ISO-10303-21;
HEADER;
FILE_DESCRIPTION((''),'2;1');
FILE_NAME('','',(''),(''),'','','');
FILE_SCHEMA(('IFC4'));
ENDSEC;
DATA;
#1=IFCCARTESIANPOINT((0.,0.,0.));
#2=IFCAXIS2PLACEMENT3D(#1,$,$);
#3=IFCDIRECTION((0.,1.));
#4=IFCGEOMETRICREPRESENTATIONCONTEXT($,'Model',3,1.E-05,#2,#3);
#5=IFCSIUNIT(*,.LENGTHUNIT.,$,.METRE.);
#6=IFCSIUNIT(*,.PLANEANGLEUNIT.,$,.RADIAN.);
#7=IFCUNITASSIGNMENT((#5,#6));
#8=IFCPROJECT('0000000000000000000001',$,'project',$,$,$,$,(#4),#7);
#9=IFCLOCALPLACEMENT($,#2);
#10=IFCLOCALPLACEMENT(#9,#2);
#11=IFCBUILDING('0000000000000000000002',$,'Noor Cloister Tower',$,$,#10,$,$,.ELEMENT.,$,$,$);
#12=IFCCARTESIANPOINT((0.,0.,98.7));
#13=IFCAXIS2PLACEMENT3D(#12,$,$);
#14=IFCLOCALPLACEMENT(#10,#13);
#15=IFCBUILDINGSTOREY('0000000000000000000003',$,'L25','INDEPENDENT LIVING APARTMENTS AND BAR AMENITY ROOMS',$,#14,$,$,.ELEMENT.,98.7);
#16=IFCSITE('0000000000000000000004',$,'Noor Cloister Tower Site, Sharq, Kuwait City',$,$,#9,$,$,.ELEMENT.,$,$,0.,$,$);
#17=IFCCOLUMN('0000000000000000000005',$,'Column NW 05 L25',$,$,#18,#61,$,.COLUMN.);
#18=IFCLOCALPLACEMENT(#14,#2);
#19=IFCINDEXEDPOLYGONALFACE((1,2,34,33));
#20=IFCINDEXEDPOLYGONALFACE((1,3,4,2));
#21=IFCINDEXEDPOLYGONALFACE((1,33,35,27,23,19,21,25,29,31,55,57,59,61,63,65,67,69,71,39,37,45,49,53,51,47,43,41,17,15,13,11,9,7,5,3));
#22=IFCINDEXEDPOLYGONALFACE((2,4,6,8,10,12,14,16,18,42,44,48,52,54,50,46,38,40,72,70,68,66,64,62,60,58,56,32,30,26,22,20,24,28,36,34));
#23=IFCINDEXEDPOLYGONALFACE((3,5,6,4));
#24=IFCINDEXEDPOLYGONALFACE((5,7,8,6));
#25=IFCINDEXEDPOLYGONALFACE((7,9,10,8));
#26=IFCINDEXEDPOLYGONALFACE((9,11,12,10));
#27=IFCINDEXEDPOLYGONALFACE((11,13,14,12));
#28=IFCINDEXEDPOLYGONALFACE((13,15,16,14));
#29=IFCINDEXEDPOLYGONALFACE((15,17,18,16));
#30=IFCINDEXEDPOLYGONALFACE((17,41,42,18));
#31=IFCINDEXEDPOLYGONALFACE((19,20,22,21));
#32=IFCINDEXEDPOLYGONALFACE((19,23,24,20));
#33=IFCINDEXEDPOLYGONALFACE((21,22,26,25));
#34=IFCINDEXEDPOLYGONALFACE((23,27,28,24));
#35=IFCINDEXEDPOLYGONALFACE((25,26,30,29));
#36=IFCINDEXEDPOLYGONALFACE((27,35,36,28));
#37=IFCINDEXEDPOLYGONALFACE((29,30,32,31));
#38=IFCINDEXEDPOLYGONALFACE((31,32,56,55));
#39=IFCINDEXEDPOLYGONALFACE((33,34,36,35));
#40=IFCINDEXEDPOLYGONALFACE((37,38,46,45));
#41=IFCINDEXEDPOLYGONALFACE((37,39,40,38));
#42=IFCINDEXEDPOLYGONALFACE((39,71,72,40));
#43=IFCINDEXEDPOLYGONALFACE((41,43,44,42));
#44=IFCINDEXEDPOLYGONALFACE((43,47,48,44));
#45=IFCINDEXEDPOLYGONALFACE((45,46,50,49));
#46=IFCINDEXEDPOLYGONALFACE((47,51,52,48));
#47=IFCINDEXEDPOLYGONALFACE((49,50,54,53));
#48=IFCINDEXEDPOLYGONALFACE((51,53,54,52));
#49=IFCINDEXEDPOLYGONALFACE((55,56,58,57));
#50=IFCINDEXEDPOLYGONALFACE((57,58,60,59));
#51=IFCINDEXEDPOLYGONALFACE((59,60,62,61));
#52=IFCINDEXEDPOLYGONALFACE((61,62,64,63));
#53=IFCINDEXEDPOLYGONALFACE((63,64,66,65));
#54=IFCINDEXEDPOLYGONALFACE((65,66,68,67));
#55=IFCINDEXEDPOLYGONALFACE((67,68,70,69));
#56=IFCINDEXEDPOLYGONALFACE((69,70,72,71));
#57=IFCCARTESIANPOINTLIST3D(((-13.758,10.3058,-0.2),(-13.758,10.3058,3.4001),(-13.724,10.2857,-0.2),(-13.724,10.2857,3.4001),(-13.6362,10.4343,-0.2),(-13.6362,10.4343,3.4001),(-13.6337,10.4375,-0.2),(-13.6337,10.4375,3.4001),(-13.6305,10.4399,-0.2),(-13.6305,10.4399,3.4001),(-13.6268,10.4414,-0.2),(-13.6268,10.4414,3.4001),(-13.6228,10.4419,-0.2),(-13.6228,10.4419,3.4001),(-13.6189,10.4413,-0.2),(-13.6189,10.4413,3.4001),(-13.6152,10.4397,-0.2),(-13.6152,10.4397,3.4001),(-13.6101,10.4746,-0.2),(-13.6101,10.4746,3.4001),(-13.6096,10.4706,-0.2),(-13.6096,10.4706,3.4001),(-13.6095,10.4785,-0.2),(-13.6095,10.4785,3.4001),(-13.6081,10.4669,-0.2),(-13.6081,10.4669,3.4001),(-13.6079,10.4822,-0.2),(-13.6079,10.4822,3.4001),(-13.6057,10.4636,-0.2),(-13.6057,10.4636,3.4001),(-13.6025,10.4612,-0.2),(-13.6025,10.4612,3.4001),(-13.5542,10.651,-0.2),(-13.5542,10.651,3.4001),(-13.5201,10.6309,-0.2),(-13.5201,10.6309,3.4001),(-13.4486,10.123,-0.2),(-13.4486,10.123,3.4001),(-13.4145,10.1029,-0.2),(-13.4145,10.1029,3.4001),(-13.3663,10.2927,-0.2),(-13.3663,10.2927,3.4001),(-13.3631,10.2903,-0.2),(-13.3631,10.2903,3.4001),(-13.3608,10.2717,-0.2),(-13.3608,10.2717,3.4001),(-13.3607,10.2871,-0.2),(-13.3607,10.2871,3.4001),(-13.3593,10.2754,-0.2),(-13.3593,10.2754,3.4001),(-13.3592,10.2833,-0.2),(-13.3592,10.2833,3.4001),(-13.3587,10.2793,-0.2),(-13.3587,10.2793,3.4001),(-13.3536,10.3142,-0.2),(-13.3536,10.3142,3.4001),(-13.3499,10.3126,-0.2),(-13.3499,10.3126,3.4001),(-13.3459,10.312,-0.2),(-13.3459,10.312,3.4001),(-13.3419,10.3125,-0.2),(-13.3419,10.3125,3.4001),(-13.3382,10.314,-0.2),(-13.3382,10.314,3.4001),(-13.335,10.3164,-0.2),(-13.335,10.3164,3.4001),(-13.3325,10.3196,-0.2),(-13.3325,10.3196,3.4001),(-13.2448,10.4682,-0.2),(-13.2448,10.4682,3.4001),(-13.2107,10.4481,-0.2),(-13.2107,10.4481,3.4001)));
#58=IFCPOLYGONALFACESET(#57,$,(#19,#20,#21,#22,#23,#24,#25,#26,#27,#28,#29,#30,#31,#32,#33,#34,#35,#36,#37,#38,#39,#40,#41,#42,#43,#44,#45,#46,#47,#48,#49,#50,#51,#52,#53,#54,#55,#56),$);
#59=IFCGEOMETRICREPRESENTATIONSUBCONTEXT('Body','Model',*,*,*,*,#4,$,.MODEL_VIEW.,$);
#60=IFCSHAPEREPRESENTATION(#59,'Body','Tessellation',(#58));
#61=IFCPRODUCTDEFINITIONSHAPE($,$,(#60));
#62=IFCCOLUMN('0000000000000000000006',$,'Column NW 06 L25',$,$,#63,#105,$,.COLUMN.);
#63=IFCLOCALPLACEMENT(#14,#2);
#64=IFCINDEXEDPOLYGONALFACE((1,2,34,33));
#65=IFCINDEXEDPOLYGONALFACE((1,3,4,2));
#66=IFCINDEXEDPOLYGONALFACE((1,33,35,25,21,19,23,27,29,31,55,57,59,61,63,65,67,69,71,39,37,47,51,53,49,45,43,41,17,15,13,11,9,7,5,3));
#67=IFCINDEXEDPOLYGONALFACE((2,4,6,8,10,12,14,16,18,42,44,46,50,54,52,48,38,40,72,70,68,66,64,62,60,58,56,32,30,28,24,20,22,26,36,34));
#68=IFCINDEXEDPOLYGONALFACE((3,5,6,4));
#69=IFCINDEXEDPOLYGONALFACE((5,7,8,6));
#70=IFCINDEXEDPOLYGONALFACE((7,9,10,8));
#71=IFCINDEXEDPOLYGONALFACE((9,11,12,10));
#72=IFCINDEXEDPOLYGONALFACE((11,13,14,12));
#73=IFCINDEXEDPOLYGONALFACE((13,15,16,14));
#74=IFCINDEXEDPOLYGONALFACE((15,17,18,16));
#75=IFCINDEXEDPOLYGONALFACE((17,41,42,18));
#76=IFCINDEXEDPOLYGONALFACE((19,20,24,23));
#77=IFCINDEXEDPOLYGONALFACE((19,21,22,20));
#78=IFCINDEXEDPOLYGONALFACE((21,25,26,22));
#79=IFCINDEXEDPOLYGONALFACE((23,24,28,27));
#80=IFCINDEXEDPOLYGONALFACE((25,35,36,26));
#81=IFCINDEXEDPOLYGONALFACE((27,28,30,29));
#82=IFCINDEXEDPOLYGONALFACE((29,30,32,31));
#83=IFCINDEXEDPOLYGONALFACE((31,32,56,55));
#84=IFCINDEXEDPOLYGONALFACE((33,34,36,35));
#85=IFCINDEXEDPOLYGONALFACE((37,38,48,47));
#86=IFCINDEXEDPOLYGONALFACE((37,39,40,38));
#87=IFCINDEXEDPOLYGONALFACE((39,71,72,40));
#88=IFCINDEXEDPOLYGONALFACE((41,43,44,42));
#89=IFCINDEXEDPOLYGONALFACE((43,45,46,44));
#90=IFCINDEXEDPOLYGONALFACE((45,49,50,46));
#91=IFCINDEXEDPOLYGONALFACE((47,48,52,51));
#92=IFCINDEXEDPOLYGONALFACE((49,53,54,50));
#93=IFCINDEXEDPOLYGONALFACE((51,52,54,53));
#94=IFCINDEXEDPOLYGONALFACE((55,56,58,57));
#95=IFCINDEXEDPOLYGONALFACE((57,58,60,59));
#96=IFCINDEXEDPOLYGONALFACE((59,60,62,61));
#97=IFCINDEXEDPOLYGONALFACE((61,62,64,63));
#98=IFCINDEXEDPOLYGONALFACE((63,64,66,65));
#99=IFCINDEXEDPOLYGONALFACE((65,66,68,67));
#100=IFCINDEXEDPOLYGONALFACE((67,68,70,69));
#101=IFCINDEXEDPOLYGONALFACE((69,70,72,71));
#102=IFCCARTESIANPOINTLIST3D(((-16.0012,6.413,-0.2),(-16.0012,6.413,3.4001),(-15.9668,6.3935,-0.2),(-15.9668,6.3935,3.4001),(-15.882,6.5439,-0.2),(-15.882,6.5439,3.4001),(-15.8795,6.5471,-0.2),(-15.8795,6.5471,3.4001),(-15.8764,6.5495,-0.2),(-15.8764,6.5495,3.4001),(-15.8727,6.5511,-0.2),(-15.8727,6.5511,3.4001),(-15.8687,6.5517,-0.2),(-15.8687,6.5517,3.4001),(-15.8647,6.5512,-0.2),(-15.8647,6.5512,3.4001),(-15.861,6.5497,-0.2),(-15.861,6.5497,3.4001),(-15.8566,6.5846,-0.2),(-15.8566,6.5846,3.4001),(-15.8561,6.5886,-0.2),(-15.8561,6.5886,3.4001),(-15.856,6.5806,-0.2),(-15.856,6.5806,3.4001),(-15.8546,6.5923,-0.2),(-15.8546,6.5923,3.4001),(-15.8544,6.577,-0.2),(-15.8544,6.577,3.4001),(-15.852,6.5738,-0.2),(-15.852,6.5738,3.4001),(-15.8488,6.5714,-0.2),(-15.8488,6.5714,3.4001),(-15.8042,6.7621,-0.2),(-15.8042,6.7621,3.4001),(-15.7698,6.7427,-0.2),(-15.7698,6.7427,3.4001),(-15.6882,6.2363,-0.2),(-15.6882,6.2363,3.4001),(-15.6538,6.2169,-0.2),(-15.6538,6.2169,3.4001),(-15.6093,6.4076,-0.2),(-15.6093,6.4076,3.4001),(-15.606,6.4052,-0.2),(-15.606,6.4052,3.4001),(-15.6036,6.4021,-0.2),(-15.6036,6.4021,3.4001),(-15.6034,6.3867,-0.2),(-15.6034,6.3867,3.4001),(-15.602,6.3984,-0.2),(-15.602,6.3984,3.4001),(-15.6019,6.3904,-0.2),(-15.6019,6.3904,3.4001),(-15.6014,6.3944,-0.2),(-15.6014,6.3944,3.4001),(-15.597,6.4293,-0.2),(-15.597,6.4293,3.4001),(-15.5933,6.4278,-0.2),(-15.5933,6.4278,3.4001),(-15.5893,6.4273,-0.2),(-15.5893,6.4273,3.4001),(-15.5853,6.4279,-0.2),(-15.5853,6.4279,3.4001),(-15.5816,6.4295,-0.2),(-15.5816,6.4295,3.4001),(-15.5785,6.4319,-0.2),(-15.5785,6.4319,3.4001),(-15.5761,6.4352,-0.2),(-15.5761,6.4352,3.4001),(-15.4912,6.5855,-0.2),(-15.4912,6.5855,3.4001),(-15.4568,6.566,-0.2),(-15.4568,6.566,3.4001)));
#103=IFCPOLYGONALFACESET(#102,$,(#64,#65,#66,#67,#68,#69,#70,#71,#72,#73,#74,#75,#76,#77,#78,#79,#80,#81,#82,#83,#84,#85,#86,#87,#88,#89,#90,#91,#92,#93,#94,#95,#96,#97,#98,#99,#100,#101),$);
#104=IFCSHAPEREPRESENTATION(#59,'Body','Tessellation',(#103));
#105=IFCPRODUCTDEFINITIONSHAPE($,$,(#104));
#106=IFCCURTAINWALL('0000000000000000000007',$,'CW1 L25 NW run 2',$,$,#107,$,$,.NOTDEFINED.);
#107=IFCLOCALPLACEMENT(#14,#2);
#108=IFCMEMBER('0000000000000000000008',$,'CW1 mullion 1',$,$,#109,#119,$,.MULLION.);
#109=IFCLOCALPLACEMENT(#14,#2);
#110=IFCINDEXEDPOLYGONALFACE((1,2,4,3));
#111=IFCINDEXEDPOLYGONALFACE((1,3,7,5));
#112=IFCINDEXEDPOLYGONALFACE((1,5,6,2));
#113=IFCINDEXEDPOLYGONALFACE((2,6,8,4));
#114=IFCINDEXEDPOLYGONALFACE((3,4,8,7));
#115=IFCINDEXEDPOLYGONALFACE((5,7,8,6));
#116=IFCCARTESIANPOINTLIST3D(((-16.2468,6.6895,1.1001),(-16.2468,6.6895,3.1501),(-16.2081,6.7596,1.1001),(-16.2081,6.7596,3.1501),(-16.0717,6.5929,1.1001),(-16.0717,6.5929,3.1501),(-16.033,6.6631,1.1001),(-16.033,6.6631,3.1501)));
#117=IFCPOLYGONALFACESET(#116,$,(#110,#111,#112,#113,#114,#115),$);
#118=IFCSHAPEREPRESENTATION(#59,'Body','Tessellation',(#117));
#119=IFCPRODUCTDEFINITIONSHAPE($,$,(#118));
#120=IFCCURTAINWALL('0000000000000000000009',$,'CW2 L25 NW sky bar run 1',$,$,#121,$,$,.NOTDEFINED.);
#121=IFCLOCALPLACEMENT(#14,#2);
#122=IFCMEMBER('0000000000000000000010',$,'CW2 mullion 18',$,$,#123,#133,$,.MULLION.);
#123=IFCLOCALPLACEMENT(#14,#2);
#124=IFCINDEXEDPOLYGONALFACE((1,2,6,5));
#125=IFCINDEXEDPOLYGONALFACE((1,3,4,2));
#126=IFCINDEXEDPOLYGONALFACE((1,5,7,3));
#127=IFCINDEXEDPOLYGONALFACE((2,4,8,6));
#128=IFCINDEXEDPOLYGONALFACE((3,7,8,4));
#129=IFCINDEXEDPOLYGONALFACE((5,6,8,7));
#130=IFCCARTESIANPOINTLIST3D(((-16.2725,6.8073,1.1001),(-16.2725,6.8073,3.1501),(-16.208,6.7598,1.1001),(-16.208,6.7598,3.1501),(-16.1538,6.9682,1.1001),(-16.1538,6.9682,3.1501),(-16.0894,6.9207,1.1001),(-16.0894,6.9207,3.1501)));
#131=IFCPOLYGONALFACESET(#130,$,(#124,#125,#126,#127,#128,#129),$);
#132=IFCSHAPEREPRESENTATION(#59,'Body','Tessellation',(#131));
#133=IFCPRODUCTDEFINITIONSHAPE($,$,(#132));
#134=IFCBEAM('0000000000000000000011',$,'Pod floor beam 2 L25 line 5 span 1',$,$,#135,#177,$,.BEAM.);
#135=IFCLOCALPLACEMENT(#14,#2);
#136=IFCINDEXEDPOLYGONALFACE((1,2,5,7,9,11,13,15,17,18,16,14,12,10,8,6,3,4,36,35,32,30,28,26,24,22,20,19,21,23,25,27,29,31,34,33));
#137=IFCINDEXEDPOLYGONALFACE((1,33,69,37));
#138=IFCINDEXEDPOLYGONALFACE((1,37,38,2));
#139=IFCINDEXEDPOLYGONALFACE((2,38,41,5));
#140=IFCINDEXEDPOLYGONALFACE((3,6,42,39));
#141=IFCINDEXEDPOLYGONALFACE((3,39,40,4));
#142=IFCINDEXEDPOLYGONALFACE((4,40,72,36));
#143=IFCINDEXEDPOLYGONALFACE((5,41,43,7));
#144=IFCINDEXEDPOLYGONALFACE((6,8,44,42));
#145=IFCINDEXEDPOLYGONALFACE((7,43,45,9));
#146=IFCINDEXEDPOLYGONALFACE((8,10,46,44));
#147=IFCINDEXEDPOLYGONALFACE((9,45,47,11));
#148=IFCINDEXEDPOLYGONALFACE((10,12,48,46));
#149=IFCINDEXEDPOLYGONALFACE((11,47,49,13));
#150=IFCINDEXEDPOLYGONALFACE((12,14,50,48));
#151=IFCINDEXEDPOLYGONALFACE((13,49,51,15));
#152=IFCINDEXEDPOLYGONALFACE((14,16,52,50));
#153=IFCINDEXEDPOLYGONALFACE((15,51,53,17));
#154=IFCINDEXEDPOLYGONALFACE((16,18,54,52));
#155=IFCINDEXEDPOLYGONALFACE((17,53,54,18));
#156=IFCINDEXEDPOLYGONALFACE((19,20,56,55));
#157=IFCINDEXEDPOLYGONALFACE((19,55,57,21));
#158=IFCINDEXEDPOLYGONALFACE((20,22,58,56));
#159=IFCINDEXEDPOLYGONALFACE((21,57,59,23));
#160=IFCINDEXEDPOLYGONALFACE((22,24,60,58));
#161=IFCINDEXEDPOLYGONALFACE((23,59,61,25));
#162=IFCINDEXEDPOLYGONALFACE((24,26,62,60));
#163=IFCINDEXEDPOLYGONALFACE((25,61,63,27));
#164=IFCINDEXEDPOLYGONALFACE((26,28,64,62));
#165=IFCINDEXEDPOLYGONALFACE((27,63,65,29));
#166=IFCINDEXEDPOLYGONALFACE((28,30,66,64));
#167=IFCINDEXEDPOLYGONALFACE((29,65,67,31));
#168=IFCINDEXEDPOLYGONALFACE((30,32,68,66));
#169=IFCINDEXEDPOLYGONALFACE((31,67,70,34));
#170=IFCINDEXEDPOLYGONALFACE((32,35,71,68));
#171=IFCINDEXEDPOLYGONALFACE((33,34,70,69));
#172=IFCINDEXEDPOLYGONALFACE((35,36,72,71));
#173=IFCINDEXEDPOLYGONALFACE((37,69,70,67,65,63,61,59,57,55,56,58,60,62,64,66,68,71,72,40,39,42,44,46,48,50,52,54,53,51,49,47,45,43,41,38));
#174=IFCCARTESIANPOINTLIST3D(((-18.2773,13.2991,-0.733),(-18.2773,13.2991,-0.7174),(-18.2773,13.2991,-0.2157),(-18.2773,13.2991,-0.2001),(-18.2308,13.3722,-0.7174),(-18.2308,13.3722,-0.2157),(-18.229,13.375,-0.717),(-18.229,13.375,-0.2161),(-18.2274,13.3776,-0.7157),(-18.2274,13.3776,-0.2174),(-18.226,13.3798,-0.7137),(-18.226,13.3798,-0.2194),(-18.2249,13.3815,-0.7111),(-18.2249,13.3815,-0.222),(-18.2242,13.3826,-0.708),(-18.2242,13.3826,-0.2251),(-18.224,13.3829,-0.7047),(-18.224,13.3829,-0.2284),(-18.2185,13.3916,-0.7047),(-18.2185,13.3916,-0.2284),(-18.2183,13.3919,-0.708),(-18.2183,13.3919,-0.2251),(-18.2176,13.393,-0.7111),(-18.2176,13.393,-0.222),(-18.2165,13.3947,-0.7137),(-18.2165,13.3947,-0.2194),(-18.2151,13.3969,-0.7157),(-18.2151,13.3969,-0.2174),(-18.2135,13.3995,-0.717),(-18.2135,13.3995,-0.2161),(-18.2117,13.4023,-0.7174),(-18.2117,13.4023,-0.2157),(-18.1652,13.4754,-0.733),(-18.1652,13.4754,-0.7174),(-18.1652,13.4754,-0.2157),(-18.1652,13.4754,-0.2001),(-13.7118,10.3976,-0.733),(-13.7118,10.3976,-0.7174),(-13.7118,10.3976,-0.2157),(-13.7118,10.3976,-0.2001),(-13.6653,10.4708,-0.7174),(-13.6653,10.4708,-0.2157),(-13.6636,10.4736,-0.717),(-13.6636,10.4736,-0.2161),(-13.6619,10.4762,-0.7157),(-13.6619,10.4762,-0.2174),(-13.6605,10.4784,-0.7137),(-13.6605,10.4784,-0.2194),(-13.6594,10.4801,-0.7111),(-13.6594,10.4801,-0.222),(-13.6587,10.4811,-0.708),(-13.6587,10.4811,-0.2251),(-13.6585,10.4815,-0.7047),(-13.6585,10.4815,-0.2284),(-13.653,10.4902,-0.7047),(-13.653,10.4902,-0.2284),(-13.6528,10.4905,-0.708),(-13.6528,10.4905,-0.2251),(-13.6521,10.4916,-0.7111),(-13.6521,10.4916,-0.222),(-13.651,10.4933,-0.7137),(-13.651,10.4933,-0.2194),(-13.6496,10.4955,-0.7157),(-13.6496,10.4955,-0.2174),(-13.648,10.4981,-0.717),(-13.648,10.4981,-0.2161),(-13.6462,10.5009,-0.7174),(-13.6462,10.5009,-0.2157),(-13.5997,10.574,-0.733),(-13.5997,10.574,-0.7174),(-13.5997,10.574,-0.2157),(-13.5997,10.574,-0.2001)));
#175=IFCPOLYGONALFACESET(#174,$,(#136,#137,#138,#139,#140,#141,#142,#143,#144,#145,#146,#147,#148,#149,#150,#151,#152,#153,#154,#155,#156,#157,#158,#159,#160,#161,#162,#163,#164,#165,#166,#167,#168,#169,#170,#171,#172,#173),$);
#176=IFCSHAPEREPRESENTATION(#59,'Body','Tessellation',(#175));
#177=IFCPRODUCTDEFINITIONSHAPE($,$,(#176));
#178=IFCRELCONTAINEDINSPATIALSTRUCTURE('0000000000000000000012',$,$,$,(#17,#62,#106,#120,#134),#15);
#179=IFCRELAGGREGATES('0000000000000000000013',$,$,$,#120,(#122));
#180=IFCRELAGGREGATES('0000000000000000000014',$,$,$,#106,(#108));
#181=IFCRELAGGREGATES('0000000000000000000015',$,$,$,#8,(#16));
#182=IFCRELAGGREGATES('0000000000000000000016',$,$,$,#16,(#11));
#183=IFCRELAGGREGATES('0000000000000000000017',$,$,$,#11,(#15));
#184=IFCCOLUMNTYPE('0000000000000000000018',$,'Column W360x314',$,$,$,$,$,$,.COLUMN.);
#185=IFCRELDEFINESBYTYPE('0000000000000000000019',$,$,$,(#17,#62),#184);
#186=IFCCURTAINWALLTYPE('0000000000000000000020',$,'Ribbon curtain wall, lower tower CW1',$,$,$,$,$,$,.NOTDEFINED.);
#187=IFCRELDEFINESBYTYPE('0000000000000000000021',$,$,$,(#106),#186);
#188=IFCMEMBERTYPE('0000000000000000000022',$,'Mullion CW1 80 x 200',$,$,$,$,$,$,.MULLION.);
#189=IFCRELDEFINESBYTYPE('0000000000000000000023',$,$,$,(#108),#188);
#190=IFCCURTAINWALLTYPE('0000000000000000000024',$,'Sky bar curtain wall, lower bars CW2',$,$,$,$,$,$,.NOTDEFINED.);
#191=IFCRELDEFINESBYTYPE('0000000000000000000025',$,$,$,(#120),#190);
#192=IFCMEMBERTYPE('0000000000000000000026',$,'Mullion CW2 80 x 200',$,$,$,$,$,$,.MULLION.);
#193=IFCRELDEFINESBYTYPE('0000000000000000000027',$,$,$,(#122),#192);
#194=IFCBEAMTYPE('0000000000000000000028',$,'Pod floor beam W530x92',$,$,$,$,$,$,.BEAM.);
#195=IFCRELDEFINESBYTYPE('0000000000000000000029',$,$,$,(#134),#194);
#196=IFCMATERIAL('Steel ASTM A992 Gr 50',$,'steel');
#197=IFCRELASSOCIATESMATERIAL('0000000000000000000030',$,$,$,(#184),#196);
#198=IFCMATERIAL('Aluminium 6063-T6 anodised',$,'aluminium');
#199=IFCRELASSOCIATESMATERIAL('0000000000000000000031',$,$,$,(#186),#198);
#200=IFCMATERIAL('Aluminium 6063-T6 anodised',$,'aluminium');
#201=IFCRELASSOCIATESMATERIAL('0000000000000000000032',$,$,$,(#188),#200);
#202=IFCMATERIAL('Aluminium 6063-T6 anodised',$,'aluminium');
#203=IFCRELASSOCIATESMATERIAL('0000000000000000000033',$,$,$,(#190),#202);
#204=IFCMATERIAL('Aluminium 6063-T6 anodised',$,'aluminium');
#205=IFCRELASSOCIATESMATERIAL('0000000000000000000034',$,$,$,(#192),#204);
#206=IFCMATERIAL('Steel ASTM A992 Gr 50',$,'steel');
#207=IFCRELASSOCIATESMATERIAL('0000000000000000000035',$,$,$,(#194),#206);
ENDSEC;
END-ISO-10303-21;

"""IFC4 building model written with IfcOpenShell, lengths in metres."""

from ifc_helpers import new_model, si_unit, direction, frame, origin, origin_2d, place, context, subcontext, project, spatial, rectangle, i_section, extrude, material, material_profile, profile_set, type_object, element, aggregate, save


model = new_model("IFC4")

# Units and contexts
model_context = context("Model", 3, precision=1e-05, world=origin(), true_north=direction((0.0, 1.0)))
body_context = subcontext(model_context, "Body", "Model", "MODEL_VIEW")
ifc_project = project(units=[si_unit("LENGTHUNIT", "METRE"), si_unit("PLANEANGLEUNIT", "RADIAN")], contexts=[model_context])

# Site, building, storey
site_placement = place(None, origin())
site = spatial("IfcSite", under=ifc_project, at=site_placement, Name="Noor Cloister Tower Site, Sharq, Kuwait City", CompositionType="ELEMENT", RefElevation=0.0)
building_placement = place(site_placement, origin())
building = spatial("IfcBuilding", under=site, at=building_placement, Name="Noor Cloister Tower", CompositionType="ELEMENT")
storey_placement = place(building_placement, frame((0.0, 0.0, 98.7)))
storey = spatial("IfcBuildingStorey", under=building, at=storey_placement, Name="L25", Description="INDEPENDENT LIVING APARTMENTS AND BAR AMENITY ROOMS", CompositionType="ELEMENT", Elevation=98.7)

# Columns
ifc_material_1 = material(Name="Steel ASTM A992 Gr 50", Category="steel")
ifc_material_profile_1 = material_profile(ifc_material_1, i_section(OverallWidth=0.4009, OverallDepth=0.3989, WebThickness=0.0249, FlangeThickness=0.0396, FilletRadius=0.0154, at=origin_2d()), Name="W360x314")
ifc_profile_set_1 = profile_set([ifc_material_profile_1], Name="Steel ASTM A992 Gr 50")
column_type = type_object("IfcColumnType", Name="Column W360x314", PredefinedType="COLUMN", material=ifc_profile_set_1)
for number, where, z_axis, x_axis, name in (
    (1, (-13.4844, 10.377, -0.2), (0.0, 0.0, 1.0), (-0.508499, -0.861063, 0.0), "Column NW 05 L25"),
    (2, (-15.729, 6.4895, -0.2), (0.0, 0.0, 1.0), (-0.491453, -0.870904, 0.0), "Column NW 06 L25"),
):
    element("IfcColumn", number, at=place(storey_placement, frame(where, z_axis=z_axis, x_axis=x_axis)), inside=storey, type_object=column_type, Name=name, PredefinedType="COLUMN", context=body_context, shape_type="SweptSolid", body=[
        extrude(i_section(OverallWidth=0.4009, OverallDepth=0.3989, WebThickness=0.0249, FlangeThickness=0.0396, FilletRadius=0.0154, at=origin_2d()), origin(), (0.0, 0.0, 1.0), 3.6001),
    ])

# Curtain walls, members
ifc_material_2 = material(Name="Aluminium 6063-T6 anodised", Category="aluminium")
curtain_wall_type_1 = type_object("IfcCurtainWallType", Name="Ribbon curtain wall, lower tower CW1", PredefinedType="NOTDEFINED", material=ifc_material_2)
curtain_wall_1_placement = place(storey_placement, origin())
curtain_wall_1 = element("IfcCurtainWall", 3, at=curtain_wall_1_placement, inside=storey, type_object=curtain_wall_type_1, Name="CW1 L25 NW run 2", PredefinedType="NOTDEFINED")
ifc_material_3 = material(Name="Aluminium 6063-T6 anodised", Category="aluminium")
ifc_material_profile_2 = material_profile(ifc_material_3, rectangle(XDim=0.2, YDim=0.0801, at=origin_2d()), Name="200 x 80 mullion")
ifc_profile_set_2 = profile_set([ifc_material_profile_2], Name="Aluminium 6063-T6 anodised")
member_type_1 = type_object("IfcMemberType", Name="Mullion CW1 80 x 200", PredefinedType="MULLION", material=ifc_profile_set_2)
member_1_placement = place(storey_placement, frame((-16.1399, 6.6763, 1.1001), z_axis=(0.0, 0.0, 1.0), x_axis=(0.875699, -0.482858, 0.0)))
member_1 = element("IfcMember", 4, at=member_1_placement, type_object=member_type_1, Name="CW1 mullion 1", PredefinedType="MULLION", context=body_context, shape_type="SweptSolid", body=[
    extrude(rectangle(XDim=0.2, YDim=0.0801, at=origin_2d()), origin(), (0.0, 0.0, 1.0), 2.05),
])
ifc_material_4 = material(Name="Aluminium 6063-T6 anodised", Category="aluminium")
curtain_wall_type_2 = type_object("IfcCurtainWallType", Name="Sky bar curtain wall, lower bars CW2", PredefinedType="NOTDEFINED", material=ifc_material_4)
curtain_wall_2_placement = place(storey_placement, origin())
curtain_wall_2 = element("IfcCurtainWall", 5, at=curtain_wall_2_placement, inside=storey, type_object=curtain_wall_type_2, Name="CW2 L25 NW sky bar run 1", PredefinedType="NOTDEFINED")
ifc_material_5 = material(Name="Aluminium 6063-T6 anodised", Category="aluminium")
ifc_material_profile_3 = material_profile(ifc_material_5, rectangle(XDim=0.2, YDim=0.0801, at=origin_2d()), Name="200 x 80 mullion")
ifc_profile_set_3 = profile_set([ifc_material_profile_3], Name="Aluminium 6063-T6 anodised")
member_type_2 = type_object("IfcMemberType", Name="Mullion CW2 80 x 200", PredefinedType="MULLION", material=ifc_profile_set_3)
member_2_placement = place(storey_placement, frame((-16.1809, 6.864, 1.1001), z_axis=(0.0, 0.0, 1.0), x_axis=(0.593401, 0.804907, 0.0)))
member_2 = element("IfcMember", 6, at=member_2_placement, type_object=member_type_2, Name="CW2 mullion 18", PredefinedType="MULLION", context=body_context, shape_type="SweptSolid", body=[
    extrude(rectangle(XDim=0.2, YDim=0.0801, at=origin_2d()), origin(), (0.0, 0.0, 1.0), 2.05),
])
aggregate(curtain_wall_2, [member_2])

# Beam
ifc_material_6 = material(Name="Steel ASTM A992 Gr 50", Category="steel")
ifc_material_profile_4 = material_profile(ifc_material_6, i_section(OverallWidth=0.209, OverallDepth=0.533, WebThickness=0.0103, FlangeThickness=0.0156, FilletRadius=0.0127, at=origin_2d()), Name="W530x92")
ifc_profile_set_4 = profile_set([ifc_material_profile_4], Name="Steel ASTM A992 Gr 50")
beam_type_1 = type_object("IfcBeamType", Name="Pod floor beam W530x92", PredefinedType="BEAM", material=ifc_profile_set_4)
beam_1_placement = place(storey_placement, frame((-13.6558, 10.4858, -0.4666), z_axis=(-0.843988, 0.536361, 0.0), x_axis=(-0.536361, -0.843988, 0.0)))
element("IfcBeam", 7, at=beam_1_placement, inside=storey, type_object=beam_type_1, Name="Pod floor beam 2 L25 line 5 span 1", PredefinedType="BEAM", context=body_context, shape_type="SweptSolid", body=[
    extrude(i_section(OverallWidth=0.209, OverallDepth=0.533, WebThickness=0.0103, FlangeThickness=0.0156, FilletRadius=0.0127, at=origin_2d()), origin(), (0.0, 0.0, 1.0), 5.4094),
])

aggregate(curtain_wall_1, [member_1])

save(model, "model.ifc")
